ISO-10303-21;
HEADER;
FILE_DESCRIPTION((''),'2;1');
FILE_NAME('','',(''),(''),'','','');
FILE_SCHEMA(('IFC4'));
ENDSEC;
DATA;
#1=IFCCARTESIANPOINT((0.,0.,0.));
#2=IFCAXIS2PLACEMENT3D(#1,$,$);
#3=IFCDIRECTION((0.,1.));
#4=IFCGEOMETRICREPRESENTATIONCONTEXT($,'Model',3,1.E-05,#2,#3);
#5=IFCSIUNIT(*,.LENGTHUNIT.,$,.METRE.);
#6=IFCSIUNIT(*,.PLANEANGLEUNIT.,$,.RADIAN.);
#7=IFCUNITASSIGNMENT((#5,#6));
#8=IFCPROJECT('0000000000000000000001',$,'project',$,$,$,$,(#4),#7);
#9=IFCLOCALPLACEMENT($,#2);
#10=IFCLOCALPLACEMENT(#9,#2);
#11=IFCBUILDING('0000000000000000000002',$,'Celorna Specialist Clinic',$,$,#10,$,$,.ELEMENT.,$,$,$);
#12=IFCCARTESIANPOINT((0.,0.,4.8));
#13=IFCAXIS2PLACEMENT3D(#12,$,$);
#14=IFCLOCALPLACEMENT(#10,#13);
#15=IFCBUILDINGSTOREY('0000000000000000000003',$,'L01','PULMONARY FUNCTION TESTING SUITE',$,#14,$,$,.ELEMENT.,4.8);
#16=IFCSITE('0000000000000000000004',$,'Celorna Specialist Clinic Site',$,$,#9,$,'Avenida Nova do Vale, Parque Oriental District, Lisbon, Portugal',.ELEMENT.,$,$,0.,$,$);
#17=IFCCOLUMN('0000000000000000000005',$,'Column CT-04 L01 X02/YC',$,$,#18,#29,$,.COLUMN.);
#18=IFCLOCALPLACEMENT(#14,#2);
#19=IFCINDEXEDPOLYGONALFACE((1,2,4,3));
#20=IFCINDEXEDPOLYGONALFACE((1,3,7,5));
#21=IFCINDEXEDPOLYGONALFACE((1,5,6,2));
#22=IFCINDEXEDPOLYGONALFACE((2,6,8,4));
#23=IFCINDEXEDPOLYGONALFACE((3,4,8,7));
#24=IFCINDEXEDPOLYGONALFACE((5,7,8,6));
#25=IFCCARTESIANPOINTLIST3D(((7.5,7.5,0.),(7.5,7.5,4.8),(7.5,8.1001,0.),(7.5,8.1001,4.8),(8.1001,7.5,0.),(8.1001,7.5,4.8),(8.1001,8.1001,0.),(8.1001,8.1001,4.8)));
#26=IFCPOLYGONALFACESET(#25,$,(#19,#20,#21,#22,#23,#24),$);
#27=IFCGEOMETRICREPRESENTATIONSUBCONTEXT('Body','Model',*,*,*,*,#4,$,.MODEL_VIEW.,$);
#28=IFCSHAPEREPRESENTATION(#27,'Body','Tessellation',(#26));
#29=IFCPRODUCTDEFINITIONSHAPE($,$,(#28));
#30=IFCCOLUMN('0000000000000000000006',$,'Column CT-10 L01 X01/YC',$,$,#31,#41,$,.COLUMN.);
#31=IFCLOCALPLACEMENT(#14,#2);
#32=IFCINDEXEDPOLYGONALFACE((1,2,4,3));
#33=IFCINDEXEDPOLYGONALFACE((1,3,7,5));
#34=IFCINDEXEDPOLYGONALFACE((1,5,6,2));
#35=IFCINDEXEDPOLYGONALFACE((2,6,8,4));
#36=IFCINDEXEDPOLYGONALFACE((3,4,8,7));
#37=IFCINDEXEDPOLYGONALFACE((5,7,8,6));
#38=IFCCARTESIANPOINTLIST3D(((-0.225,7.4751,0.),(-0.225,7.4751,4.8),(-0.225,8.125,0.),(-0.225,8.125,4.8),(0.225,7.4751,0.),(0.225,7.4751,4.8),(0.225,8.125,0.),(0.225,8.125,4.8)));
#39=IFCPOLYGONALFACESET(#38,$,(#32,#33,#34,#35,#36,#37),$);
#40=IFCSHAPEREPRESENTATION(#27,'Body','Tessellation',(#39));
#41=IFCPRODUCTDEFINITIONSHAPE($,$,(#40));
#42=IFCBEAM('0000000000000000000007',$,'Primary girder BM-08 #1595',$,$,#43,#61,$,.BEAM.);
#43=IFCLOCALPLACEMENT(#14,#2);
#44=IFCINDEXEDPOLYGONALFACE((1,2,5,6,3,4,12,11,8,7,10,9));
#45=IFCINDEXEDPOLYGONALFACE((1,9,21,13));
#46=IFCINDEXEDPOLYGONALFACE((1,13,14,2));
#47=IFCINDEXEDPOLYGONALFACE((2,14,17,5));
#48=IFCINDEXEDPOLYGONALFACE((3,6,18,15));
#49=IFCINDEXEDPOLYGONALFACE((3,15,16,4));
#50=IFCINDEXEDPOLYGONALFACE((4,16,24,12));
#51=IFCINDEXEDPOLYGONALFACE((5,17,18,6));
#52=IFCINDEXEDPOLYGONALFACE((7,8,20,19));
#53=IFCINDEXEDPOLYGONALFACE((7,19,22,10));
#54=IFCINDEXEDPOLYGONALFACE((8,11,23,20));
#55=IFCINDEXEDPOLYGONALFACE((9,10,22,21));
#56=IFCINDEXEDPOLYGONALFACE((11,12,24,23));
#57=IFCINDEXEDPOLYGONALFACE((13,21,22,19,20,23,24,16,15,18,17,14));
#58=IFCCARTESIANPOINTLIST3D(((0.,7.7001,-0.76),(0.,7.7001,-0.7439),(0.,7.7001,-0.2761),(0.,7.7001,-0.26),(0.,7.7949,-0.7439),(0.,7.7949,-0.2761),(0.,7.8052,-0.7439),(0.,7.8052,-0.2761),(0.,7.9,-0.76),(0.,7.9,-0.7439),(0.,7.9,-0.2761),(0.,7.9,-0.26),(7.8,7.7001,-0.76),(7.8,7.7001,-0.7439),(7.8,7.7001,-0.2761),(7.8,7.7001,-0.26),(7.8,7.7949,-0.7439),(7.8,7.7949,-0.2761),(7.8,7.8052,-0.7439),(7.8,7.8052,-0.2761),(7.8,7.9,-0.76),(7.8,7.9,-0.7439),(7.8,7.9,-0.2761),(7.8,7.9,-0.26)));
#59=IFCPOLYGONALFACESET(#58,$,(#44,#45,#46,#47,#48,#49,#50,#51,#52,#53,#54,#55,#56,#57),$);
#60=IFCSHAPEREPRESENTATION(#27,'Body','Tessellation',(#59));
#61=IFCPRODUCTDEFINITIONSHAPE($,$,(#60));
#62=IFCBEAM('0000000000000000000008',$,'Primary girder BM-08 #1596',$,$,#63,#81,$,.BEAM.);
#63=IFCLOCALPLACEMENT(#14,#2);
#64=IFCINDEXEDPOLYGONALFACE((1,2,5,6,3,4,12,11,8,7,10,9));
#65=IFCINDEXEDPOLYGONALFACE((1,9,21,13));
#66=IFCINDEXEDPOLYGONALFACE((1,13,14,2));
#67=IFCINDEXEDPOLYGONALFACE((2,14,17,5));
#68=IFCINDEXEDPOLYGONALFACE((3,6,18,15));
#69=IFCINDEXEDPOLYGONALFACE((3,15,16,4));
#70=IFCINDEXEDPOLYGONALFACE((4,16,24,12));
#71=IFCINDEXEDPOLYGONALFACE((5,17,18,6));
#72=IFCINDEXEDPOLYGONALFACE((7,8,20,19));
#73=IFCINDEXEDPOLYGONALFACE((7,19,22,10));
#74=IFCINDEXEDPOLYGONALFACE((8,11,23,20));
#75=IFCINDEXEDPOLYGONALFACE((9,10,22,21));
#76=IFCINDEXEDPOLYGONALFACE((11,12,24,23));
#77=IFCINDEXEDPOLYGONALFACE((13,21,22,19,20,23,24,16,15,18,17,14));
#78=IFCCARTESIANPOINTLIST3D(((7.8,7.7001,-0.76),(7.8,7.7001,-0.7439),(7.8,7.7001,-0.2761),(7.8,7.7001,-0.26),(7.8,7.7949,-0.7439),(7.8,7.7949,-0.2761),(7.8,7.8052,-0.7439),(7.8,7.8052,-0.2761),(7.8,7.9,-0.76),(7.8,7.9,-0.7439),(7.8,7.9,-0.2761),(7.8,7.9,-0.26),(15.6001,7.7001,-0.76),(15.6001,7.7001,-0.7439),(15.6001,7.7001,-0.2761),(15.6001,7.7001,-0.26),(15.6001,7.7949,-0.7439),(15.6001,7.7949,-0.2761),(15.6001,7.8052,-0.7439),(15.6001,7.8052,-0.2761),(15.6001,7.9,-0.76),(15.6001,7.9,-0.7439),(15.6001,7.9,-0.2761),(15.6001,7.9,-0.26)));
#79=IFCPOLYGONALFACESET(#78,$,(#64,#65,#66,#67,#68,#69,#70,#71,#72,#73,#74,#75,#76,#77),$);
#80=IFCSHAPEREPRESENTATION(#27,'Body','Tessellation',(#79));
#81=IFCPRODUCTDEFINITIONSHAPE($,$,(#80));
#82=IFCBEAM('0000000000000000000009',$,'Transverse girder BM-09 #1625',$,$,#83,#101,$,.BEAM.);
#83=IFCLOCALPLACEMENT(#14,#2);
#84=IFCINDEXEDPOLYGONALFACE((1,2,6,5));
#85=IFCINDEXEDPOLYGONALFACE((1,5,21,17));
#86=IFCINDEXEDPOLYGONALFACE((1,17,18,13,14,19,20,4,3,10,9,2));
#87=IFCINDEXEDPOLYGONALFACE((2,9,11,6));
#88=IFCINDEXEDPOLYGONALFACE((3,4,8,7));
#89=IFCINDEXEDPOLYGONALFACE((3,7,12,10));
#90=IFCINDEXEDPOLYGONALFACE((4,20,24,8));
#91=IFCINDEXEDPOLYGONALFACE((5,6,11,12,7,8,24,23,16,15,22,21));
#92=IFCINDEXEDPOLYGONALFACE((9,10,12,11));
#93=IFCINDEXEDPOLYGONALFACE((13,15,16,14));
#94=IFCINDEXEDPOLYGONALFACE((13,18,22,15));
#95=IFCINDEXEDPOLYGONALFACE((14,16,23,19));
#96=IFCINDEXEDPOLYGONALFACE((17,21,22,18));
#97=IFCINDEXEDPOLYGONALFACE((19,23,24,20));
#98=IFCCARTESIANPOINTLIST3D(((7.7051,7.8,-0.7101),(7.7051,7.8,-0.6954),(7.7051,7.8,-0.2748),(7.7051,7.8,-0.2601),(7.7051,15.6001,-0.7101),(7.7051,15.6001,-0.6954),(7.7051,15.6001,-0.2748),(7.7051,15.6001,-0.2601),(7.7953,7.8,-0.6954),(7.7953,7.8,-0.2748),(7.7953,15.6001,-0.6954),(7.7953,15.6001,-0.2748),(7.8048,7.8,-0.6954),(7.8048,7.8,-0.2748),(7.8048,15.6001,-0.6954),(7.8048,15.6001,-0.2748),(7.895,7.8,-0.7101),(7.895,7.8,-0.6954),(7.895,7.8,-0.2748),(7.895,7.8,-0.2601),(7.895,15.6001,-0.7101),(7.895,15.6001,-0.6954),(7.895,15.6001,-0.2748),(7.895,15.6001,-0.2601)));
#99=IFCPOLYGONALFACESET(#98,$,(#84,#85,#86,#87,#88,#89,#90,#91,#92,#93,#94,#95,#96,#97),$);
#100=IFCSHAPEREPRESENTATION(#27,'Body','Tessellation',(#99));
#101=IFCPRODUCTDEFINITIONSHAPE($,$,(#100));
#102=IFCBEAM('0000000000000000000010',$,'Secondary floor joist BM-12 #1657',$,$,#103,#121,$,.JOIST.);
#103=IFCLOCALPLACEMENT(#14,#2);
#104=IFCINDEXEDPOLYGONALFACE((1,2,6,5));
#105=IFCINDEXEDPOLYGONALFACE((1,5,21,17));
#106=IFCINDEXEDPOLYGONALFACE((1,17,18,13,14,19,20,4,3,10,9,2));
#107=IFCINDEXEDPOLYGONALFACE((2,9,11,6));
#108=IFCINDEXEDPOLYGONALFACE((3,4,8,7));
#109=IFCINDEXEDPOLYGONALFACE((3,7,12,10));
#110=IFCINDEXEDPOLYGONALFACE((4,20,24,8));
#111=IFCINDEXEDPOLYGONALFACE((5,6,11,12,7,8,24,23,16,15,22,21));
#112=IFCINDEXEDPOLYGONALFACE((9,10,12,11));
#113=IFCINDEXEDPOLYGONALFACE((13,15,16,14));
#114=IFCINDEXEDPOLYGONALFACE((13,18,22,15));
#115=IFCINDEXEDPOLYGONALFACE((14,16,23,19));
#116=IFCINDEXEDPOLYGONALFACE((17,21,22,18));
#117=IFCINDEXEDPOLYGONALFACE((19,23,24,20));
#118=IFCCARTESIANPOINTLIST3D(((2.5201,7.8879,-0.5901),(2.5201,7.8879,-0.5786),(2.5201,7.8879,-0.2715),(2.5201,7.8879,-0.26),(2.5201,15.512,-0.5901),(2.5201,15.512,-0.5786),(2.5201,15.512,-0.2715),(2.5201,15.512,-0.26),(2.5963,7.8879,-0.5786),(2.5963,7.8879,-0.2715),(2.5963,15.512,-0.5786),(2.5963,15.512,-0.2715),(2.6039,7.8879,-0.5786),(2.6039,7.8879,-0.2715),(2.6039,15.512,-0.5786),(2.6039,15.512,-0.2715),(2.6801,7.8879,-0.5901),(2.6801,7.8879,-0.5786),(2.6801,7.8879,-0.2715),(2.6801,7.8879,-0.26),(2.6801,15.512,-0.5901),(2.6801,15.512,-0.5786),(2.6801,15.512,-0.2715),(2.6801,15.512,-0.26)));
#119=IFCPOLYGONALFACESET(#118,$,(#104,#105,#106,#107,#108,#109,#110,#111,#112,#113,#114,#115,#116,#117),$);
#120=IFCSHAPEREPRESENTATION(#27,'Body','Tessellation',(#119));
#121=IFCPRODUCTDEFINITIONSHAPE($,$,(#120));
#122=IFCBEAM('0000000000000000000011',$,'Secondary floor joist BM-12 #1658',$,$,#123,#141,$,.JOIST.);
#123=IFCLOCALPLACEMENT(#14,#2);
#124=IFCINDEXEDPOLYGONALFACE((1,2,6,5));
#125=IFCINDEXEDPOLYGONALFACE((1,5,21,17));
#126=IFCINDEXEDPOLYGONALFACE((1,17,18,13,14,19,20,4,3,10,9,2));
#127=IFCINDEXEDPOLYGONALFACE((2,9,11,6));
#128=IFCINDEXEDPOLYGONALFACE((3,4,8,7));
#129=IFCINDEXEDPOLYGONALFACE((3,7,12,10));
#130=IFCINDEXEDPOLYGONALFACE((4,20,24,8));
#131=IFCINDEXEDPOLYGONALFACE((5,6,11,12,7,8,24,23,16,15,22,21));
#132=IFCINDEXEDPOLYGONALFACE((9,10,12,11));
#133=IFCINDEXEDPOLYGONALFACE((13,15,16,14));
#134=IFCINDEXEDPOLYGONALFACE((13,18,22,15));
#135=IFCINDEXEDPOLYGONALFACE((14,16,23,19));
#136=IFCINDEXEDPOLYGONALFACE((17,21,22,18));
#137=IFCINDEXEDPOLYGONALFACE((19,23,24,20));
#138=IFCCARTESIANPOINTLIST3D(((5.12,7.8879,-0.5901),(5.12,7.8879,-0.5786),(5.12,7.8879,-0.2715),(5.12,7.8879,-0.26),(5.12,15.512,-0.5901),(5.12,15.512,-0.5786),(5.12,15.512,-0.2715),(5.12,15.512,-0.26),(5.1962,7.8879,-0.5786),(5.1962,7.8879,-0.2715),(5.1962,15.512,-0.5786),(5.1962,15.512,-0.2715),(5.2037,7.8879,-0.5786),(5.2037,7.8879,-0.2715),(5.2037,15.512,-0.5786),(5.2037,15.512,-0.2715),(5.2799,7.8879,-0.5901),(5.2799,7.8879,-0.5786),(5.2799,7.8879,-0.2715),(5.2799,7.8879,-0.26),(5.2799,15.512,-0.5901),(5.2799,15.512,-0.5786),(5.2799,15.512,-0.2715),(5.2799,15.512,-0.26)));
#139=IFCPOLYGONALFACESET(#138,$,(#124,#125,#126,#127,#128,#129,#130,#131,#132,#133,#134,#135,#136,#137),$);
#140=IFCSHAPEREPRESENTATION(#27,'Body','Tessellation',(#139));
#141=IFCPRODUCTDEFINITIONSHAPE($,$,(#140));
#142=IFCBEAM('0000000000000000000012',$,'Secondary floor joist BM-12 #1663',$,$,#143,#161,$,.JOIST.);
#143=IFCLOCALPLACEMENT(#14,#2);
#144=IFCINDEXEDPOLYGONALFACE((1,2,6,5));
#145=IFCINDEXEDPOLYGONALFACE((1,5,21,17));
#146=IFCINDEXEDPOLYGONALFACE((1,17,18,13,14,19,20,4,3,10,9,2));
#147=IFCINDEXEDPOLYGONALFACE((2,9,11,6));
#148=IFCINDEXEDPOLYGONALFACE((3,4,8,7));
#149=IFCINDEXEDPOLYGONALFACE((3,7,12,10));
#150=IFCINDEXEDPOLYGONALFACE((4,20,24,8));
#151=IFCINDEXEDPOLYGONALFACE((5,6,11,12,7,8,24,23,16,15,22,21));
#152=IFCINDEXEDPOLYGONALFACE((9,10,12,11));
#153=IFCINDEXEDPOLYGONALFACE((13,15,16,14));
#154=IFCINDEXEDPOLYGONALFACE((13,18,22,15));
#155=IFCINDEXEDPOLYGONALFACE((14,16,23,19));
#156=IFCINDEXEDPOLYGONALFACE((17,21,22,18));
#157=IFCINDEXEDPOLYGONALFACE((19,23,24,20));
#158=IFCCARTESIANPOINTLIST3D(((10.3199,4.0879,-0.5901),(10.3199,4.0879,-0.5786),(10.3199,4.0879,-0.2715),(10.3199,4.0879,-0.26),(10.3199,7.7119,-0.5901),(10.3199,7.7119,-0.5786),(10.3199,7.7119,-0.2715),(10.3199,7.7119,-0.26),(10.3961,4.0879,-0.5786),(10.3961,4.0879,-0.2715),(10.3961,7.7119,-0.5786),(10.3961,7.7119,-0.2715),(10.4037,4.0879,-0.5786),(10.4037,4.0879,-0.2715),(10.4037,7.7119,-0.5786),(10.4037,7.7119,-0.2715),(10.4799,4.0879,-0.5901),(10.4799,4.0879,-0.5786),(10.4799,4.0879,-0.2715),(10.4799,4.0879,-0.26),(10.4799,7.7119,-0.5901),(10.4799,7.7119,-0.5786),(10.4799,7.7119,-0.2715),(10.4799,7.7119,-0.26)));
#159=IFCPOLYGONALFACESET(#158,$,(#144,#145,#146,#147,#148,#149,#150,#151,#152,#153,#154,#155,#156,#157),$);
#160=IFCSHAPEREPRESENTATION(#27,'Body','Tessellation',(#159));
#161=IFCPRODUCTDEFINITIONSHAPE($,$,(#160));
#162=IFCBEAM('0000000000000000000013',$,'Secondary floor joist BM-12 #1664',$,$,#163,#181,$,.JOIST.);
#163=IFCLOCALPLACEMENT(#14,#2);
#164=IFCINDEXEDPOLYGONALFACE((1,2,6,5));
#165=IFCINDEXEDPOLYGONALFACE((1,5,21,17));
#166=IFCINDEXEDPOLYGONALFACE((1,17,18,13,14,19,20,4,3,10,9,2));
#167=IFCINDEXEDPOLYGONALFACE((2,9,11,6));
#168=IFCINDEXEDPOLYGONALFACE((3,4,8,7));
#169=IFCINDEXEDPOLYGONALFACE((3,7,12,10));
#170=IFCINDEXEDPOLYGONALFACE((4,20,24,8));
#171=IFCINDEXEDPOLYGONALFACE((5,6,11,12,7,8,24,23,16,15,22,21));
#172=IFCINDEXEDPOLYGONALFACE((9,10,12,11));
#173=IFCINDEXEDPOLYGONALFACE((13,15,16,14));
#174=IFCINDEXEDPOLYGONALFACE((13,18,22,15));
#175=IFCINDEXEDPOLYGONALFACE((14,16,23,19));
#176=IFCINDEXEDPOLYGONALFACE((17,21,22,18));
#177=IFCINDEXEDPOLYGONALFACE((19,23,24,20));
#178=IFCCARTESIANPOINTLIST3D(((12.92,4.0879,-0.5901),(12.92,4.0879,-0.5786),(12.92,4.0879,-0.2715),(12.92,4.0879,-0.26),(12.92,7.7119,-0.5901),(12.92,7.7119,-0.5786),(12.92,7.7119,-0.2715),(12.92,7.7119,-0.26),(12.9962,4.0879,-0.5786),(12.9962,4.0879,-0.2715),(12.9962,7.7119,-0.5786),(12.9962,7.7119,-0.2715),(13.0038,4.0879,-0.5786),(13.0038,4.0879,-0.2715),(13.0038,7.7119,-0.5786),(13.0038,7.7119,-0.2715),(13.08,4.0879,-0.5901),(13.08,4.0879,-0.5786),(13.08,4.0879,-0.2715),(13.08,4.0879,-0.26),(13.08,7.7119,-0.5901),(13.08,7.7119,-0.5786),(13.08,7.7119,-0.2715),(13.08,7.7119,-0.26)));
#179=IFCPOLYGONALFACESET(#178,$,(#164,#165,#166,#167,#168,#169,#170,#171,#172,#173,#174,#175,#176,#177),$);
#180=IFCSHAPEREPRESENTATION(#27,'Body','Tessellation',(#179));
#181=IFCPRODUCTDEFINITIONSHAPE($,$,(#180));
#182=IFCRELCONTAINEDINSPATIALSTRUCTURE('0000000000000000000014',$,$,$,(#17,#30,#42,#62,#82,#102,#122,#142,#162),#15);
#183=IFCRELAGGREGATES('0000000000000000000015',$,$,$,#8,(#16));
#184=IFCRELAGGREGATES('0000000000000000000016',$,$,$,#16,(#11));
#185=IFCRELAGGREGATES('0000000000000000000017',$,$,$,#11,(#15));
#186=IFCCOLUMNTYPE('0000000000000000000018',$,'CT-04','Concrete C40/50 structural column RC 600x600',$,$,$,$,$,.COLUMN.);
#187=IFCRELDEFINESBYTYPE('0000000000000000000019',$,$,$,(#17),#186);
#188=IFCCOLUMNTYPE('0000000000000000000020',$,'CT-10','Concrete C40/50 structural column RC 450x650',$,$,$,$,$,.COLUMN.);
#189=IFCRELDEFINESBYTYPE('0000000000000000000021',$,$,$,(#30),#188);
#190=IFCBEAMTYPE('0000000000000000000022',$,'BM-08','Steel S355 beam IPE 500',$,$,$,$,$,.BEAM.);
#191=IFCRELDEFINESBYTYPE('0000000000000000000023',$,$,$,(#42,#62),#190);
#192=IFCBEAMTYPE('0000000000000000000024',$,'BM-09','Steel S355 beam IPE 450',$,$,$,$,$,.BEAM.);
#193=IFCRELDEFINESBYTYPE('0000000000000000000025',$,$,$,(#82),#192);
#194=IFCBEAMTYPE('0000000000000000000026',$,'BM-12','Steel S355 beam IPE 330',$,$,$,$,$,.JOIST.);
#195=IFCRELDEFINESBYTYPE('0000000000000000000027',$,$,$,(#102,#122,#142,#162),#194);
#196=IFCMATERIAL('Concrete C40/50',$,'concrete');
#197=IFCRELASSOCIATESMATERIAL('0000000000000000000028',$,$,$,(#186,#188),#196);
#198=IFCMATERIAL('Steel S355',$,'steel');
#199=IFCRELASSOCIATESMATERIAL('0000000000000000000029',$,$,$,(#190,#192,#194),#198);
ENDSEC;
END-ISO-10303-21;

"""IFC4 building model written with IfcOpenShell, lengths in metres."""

from ifc_helpers import new_model, si_unit, direction, frame, origin, origin_2d, place, context, subcontext, project, spatial, rectangle, i_section, extrude, material, material_profile, profile_set, type_object, element, save


model = new_model("IFC4")

# Units and contexts
model_context = context("Model", 3, precision=1e-05, world=origin(), true_north=direction((0.0, 1.0)))
body_context = subcontext(model_context, "Body", "Model", "MODEL_VIEW")
ifc_project = project(units=[si_unit("LENGTHUNIT", "METRE"), si_unit("PLANEANGLEUNIT", "RADIAN")], contexts=[model_context])

# Site, building, storey
site_placement = place(None, origin())
site = spatial("IfcSite", under=ifc_project, at=site_placement, Name="Celorna Specialist Clinic Site", LongName="Avenida Nova do Vale, Parque Oriental District, Lisbon, Portugal", CompositionType="ELEMENT", RefElevation=0.0)
building_placement = place(site_placement, origin())
building = spatial("IfcBuilding", under=site, at=building_placement, Name="Celorna Specialist Clinic", CompositionType="ELEMENT")
storey_placement = place(building_placement, frame((0.0, 0.0, 4.8)))
storey = spatial("IfcBuildingStorey", under=building, at=storey_placement, Name="L01", Description="PULMONARY FUNCTION TESTING SUITE", CompositionType="ELEMENT", Elevation=4.8)

# Columns
ifc_material_1 = material(Name="Concrete C40/50", Category="concrete")
ifc_material_profile_1 = material_profile(ifc_material_1, rectangle(XDim=0.6001, YDim=0.6001, at=origin_2d()), Name="RC 600x600")
ifc_profile_set_1 = profile_set([ifc_material_profile_1], Name="Concrete C40/50")
column_type_1 = type_object("IfcColumnType", Name="CT-04", Description="Concrete C40/50 structural column RC 600x600", PredefinedType="COLUMN", material=ifc_profile_set_1)
column_1_placement = place(storey_placement, frame((7.8, 7.8, 0.0), z_axis=(0.0, 0.0, 1.0), x_axis=(1.0, 0.0, 0.0)))
element("IfcColumn", 1, at=column_1_placement, inside=storey, type_object=column_type_1, Name="Column CT-04 L01 X02/YC", PredefinedType="COLUMN", context=body_context, shape_type="SweptSolid", body=[
    extrude(rectangle(XDim=0.6001, YDim=0.6001, at=origin_2d()), origin(), (0.0, 0.0, 1.0), 4.8),
])
ifc_material_profile_2 = material_profile(ifc_material_1, rectangle(XDim=0.45, YDim=0.6499, at=origin_2d()), Name="RC 450x650")
ifc_profile_set_2 = profile_set([ifc_material_profile_2], Name="Concrete C40/50")
column_type_2 = type_object("IfcColumnType", Name="CT-10", Description="Concrete C40/50 structural column RC 450x650", PredefinedType="COLUMN", material=ifc_profile_set_2)
column_2_placement = place(storey_placement, frame((0.0, 7.8, 0.0), z_axis=(0.0, 0.0, 1.0), x_axis=(1.0, 0.0, 0.0)))
element("IfcColumn", 2, at=column_2_placement, inside=storey, type_object=column_type_2, Name="Column CT-10 L01 X01/YC", PredefinedType="COLUMN", context=body_context, shape_type="SweptSolid", body=[
    extrude(rectangle(XDim=0.45, YDim=0.6499, at=origin_2d()), origin(), (0.0, 0.0, 1.0), 4.8),
])

# Beams
ifc_material_2 = material(Name="Steel S355", Category="steel")
ifc_material_profile_3 = material_profile(ifc_material_2, i_section(OverallWidth=0.2, OverallDepth=0.5, WebThickness=0.0103, FlangeThickness=0.0161, at=origin_2d()), Name="IPE 500")
ifc_profile_set_3 = profile_set([ifc_material_profile_3], Name="Steel S355")
beam_type_1 = type_object("IfcBeamType", Name="BM-08", Description="Steel S355 beam IPE 500", PredefinedType="BEAM", material=ifc_profile_set_3)
for number, where, z_axis, x_axis, name in (
    (3, (0.0, 7.8, -0.51), (1.0, 0.0, 0.0), (0.0, 1.0, 0.0), "Primary girder BM-08 #1595"),
    (4, (7.8, 7.8, -0.51), (1.0, 0.0, 0.0), (0.0, 1.0, 0.0), "Primary girder BM-08 #1596"),
):
    element("IfcBeam", number, at=place(storey_placement, frame(where, z_axis=z_axis, x_axis=x_axis)), inside=storey, type_object=beam_type_1, Name=name, PredefinedType="BEAM", context=body_context, shape_type="SweptSolid", body=[
        extrude(i_section(OverallWidth=0.2, OverallDepth=0.5, WebThickness=0.0103, FlangeThickness=0.0161, at=origin_2d()), origin(), (0.0, 0.0, 1.0), 7.8),
    ])
ifc_material_profile_4 = material_profile(ifc_material_2, i_section(OverallWidth=0.1899, OverallDepth=0.45, WebThickness=0.0095, FlangeThickness=0.0146, at=origin_2d()), Name="IPE 450")
ifc_profile_set_4 = profile_set([ifc_material_profile_4], Name="Steel S355")
beam_type_2 = type_object("IfcBeamType", Name="BM-09", Description="Steel S355 beam IPE 450", PredefinedType="BEAM", material=ifc_profile_set_4)
beam_1_placement = place(storey_placement, frame((7.8, 7.8, -0.4851), z_axis=(0.0, 1.0, 0.0), x_axis=(-1.0, 0.0, 0.0)))
element("IfcBeam", 5, at=beam_1_placement, inside=storey, type_object=beam_type_2, Name="Transverse girder BM-09 #1625", PredefinedType="BEAM", context=body_context, shape_type="SweptSolid", body=[
    extrude(i_section(OverallWidth=0.1899, OverallDepth=0.45, WebThickness=0.0095, FlangeThickness=0.0146, at=origin_2d()), origin(), (0.0, 0.0, 1.0), 7.8),
])
ifc_material_profile_5 = material_profile(ifc_material_2, i_section(OverallWidth=0.1599, OverallDepth=0.3301, WebThickness=0.0076, FlangeThickness=0.0115, at=origin_2d()), Name="IPE 330")
ifc_profile_set_5 = profile_set([ifc_material_profile_5], Name="Steel S355")
beam_type_3 = type_object("IfcBeamType", Name="BM-12", Description="Steel S355 beam IPE 330", PredefinedType="JOIST", material=ifc_profile_set_5)
for number, where, z_axis, x_axis, name in (
    (6, (2.6001, 7.8879, -0.425), (0.0, 1.0, 0.0), (-1.0, 0.0, 0.0), "Secondary floor joist BM-12 #1657"),
    (7, (5.2, 7.8879, -0.425), (0.0, 1.0, 0.0), (-1.0, 0.0, 0.0), "Secondary floor joist BM-12 #1658"),
):
    element("IfcBeam", number, at=place(storey_placement, frame(where, z_axis=z_axis, x_axis=x_axis)), inside=storey, type_object=beam_type_3, Name=name, PredefinedType="JOIST", context=body_context, shape_type="SweptSolid", body=[
        extrude(i_section(OverallWidth=0.1599, OverallDepth=0.3301, WebThickness=0.0076, FlangeThickness=0.0115, at=origin_2d()), origin(), (0.0, 0.0, 1.0), 7.624),
    ])
for number, where, z_axis, x_axis, name in (
    (8, (10.3999, 4.0879, -0.425), (0.0, 1.0, 0.0), (-1.0, 0.0, 0.0), "Secondary floor joist BM-12 #1663"),
    (9, (13.0, 4.0879, -0.425), (0.0, 1.0, 0.0), (-1.0, 0.0, 0.0), "Secondary floor joist BM-12 #1664"),
):
    element("IfcBeam", number, at=place(storey_placement, frame(where, z_axis=z_axis, x_axis=x_axis)), inside=storey, type_object=beam_type_3, Name=name, PredefinedType="JOIST", context=body_context, shape_type="SweptSolid", body=[
        extrude(i_section(OverallWidth=0.1599, OverallDepth=0.3301, WebThickness=0.0076, FlangeThickness=0.0115, at=origin_2d()), origin(), (0.0, 0.0, 1.0), 3.624),
    ])

save(model, "model.ifc")
